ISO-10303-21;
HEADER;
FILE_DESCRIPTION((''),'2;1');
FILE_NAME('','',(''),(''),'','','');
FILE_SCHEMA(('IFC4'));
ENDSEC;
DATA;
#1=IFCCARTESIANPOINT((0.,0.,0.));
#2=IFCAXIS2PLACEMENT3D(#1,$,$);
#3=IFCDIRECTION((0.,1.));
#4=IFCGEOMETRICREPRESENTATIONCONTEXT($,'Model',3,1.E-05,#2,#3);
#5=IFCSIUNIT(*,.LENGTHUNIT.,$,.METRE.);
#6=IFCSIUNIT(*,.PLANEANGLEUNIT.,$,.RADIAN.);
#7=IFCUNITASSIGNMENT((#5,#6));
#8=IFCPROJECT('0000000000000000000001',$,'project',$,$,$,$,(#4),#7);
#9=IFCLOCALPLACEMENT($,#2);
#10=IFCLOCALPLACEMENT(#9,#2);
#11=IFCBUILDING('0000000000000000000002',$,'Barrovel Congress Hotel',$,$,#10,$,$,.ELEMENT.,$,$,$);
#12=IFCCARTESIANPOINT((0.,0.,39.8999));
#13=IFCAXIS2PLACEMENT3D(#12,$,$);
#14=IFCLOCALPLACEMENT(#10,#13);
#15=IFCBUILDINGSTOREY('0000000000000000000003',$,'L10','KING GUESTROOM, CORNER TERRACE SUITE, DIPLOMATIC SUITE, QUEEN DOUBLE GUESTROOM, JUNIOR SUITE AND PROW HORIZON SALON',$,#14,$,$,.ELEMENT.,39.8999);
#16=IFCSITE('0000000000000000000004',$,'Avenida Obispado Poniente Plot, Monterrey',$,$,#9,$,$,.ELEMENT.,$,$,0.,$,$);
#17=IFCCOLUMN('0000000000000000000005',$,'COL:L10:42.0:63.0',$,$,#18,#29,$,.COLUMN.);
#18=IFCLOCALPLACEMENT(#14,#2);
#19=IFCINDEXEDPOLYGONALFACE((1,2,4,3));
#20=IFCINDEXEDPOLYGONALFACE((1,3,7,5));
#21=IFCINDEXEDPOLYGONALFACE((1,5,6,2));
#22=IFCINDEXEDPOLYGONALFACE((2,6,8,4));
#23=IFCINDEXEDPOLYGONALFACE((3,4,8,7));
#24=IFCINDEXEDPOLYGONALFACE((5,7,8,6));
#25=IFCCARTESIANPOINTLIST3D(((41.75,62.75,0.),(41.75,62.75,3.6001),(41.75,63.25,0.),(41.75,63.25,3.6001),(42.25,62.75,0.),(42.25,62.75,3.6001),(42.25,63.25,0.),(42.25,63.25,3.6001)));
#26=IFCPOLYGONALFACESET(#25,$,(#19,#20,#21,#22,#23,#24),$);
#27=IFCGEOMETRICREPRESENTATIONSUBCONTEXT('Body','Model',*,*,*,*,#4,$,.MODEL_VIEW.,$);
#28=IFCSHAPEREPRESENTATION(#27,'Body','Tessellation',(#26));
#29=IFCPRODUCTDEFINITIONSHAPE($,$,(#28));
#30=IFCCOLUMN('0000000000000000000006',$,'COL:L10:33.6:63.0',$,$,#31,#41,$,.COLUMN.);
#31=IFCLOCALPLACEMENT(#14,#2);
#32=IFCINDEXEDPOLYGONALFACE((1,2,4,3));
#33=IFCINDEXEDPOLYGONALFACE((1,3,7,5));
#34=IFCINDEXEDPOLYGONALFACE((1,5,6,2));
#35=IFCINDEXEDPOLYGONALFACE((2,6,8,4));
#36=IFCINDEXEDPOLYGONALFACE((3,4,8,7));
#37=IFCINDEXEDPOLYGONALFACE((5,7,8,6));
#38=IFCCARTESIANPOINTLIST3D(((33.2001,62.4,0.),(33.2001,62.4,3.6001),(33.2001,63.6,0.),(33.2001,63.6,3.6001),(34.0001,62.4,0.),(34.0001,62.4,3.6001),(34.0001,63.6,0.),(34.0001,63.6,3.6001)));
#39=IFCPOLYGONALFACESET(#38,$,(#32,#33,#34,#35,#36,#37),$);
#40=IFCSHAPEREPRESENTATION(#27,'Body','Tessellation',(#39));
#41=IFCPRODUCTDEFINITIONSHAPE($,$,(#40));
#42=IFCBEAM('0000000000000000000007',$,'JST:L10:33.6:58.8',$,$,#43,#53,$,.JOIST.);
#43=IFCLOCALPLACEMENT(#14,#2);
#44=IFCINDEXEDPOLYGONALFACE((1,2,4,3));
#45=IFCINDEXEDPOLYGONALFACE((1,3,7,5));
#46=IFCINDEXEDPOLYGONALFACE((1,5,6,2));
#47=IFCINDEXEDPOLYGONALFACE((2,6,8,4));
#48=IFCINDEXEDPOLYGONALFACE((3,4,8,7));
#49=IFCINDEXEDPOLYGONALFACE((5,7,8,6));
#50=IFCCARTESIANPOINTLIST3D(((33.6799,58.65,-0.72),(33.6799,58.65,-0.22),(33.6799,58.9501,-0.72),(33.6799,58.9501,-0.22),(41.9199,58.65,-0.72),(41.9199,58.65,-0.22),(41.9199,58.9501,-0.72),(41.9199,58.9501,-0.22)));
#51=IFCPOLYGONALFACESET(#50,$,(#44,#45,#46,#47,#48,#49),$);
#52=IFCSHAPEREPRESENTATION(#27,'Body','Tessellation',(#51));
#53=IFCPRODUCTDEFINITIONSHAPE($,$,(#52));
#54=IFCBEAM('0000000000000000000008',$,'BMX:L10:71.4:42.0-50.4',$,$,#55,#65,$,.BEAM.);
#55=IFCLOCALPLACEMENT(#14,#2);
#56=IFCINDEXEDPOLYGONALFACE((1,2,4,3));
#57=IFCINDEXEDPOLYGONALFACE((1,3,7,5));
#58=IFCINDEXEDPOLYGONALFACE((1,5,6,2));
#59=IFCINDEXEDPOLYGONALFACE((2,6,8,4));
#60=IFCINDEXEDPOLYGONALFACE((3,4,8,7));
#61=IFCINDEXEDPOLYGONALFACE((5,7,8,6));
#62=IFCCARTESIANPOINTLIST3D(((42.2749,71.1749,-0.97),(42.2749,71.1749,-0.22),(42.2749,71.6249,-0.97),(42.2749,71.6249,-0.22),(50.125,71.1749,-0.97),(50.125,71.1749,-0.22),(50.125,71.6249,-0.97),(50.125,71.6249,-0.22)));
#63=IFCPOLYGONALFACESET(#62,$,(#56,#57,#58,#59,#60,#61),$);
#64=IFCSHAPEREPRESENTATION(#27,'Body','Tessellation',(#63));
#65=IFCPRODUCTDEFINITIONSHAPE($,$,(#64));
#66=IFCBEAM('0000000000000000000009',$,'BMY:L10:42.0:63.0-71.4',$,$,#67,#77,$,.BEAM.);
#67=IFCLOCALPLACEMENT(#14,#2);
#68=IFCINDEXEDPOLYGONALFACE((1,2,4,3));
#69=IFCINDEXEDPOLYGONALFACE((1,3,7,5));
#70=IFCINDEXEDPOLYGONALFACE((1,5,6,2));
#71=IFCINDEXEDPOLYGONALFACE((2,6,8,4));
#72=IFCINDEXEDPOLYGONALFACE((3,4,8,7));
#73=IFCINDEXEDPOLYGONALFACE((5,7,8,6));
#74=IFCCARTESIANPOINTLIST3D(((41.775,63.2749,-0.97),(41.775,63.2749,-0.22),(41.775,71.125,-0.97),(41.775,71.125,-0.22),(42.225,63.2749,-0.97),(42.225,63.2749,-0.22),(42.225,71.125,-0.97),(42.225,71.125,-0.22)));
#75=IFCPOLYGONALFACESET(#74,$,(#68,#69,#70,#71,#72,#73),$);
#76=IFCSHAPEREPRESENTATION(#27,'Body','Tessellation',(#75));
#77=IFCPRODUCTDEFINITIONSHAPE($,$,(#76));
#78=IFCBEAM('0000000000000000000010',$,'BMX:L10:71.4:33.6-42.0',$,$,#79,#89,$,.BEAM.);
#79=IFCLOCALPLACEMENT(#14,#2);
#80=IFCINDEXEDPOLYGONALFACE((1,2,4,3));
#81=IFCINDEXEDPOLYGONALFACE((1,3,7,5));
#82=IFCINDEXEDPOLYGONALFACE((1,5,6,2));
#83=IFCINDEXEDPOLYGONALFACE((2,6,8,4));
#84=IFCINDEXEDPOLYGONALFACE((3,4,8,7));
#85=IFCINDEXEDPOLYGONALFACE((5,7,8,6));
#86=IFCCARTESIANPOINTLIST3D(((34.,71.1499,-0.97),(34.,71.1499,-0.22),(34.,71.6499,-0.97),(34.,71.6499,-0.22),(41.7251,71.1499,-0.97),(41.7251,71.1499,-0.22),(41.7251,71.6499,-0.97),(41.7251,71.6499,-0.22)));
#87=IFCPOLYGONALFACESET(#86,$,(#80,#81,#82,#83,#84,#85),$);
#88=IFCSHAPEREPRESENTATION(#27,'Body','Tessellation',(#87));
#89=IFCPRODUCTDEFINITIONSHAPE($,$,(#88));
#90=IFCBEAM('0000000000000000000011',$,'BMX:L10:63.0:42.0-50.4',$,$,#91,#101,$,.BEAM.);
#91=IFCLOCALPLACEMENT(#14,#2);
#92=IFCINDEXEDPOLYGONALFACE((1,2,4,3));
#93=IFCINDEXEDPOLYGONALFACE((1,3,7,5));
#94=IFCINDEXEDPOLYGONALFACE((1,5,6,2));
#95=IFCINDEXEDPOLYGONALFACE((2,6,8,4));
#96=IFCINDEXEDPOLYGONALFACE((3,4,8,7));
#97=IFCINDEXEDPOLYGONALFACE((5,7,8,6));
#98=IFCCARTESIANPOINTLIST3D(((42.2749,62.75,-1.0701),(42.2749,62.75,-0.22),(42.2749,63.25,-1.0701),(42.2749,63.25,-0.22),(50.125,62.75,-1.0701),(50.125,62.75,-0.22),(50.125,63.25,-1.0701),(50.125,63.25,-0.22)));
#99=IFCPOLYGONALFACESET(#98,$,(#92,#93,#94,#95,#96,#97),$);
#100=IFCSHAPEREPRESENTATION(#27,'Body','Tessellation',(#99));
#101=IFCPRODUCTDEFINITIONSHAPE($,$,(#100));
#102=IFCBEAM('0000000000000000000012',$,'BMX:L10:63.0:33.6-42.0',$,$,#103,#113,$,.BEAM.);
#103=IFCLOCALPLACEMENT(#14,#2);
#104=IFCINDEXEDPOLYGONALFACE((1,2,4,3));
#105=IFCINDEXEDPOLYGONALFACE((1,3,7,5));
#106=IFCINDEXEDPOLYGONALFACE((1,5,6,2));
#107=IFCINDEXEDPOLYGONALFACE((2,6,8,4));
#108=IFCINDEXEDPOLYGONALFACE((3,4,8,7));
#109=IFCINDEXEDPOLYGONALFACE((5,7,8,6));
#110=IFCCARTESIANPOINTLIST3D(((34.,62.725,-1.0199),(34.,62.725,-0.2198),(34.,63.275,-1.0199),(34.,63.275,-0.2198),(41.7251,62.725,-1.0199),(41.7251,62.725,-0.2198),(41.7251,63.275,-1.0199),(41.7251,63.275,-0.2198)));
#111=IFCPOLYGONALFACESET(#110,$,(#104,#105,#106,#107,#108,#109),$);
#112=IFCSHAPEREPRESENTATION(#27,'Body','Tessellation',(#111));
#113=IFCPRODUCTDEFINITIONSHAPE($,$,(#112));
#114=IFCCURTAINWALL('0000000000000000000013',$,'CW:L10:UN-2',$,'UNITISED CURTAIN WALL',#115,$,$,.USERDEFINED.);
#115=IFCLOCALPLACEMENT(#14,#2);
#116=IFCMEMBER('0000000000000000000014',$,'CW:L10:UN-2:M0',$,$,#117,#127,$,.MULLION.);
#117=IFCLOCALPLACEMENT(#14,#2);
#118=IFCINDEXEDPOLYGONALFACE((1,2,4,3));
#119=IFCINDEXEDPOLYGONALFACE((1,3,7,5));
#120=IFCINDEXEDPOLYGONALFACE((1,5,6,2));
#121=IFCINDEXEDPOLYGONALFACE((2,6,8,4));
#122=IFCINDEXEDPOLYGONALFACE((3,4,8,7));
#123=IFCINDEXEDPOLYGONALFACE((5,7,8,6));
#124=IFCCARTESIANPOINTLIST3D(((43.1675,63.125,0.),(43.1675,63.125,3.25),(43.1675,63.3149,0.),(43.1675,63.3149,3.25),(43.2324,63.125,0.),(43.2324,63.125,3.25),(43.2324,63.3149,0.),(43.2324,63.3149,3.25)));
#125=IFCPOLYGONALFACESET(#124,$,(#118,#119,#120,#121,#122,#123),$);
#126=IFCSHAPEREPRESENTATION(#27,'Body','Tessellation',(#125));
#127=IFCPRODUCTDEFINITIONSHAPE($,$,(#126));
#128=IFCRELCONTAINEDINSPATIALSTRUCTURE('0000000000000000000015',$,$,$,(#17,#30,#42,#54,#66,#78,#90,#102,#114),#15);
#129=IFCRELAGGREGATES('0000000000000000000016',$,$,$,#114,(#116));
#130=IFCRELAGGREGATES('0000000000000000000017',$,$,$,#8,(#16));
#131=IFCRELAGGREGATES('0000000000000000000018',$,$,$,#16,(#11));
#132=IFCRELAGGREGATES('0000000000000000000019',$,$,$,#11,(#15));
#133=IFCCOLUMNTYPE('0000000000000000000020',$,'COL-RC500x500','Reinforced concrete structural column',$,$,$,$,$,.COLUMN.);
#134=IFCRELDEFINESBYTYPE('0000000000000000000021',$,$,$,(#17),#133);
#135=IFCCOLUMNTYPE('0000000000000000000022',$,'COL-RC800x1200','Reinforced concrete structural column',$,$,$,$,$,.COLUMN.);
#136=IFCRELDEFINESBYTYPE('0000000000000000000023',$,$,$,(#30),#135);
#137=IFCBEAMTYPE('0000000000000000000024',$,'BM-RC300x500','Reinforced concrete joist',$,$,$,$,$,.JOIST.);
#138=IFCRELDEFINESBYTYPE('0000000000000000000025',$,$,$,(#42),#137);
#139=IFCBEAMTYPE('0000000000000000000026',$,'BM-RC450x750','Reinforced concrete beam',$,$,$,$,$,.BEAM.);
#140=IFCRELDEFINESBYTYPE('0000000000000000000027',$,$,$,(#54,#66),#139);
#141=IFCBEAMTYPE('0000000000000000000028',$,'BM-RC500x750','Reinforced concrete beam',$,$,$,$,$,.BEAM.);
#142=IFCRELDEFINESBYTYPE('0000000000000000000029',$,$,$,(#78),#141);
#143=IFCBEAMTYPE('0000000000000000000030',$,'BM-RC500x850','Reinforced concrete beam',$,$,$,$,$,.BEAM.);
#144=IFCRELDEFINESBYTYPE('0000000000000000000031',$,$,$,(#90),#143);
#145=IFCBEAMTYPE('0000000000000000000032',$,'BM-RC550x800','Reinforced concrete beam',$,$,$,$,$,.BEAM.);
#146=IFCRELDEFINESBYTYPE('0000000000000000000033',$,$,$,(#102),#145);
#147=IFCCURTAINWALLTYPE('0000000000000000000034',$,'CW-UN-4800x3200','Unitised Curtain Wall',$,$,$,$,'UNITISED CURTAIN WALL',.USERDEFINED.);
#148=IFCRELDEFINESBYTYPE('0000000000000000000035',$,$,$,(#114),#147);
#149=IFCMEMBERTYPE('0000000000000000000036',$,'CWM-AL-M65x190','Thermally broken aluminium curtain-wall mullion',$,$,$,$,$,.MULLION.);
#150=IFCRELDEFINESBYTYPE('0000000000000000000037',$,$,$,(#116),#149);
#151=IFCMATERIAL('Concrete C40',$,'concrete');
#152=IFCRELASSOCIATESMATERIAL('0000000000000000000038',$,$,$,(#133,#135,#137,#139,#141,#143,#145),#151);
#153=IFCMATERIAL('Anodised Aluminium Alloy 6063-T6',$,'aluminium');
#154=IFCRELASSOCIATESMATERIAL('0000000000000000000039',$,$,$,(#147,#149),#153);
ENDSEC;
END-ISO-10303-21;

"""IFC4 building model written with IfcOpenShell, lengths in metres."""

from ifc_helpers import new_model, si_unit, direction, frame, origin, origin_2d, place, context, subcontext, project, spatial, rectangle, extrude, material, material_profile, profile_set, type_object, element, aggregate, save


model = new_model("IFC4")

# Units and contexts
model_context = context("Model", 3, precision=1e-05, world=origin(), true_north=direction((0.0, 1.0)))
body_context = subcontext(model_context, "Body", "Model", "MODEL_VIEW")
ifc_project = project(units=[si_unit("LENGTHUNIT", "METRE"), si_unit("PLANEANGLEUNIT", "RADIAN")], contexts=[model_context])

# Site, building, storey
site_placement = place(None, origin())
site = spatial("IfcSite", under=ifc_project, at=site_placement, Name="Avenida Obispado Poniente Plot, Monterrey", CompositionType="ELEMENT", RefElevation=0.0)
building_placement = place(site_placement, origin())
building = spatial("IfcBuilding", under=site, at=building_placement, Name="Barrovel Congress Hotel", CompositionType="ELEMENT")
storey_placement = place(building_placement, frame((0.0, 0.0, 39.8999)))
storey = spatial("IfcBuildingStorey", under=building, at=storey_placement, Name="L10", Description="KING GUESTROOM, CORNER TERRACE SUITE, DIPLOMATIC SUITE, QUEEN DOUBLE GUESTROOM, JUNIOR SUITE AND PROW HORIZON SALON", CompositionType="ELEMENT", Elevation=39.8999)

# Columns
ifc_material_1 = material(Name="Concrete C40", Category="concrete")
ifc_material_profile_1 = material_profile(ifc_material_1, rectangle(XDim=0.5, YDim=0.5, at=origin_2d()), Name="RC500x500")
ifc_profile_set_1 = profile_set([ifc_material_profile_1], Name="Concrete C40")
column_type_1 = type_object("IfcColumnType", Name="COL-RC500x500", Description="Reinforced concrete structural column", PredefinedType="COLUMN", material=ifc_profile_set_1)
column_1_placement = place(storey_placement, frame((42.0, 63.0, 0.0), z_axis=(0.0, 0.0, 1.0), x_axis=(1.0, 0.0, 0.0)))
element("IfcColumn", 1, at=column_1_placement, inside=storey, type_object=column_type_1, Name="COL:L10:42.0:63.0", PredefinedType="COLUMN", context=body_context, shape_type="SweptSolid", body=[
    extrude(rectangle(XDim=0.5, YDim=0.5, at=origin_2d()), origin(), (0.0, 0.0, 1.0), 3.6001),
])
ifc_material_profile_2 = material_profile(ifc_material_1, rectangle(XDim=0.8, YDim=1.2, at=origin_2d()), Name="RC800x1200")
ifc_profile_set_2 = profile_set([ifc_material_profile_2], Name="Concrete C40")
column_type_2 = type_object("IfcColumnType", Name="COL-RC800x1200", Description="Reinforced concrete structural column", PredefinedType="COLUMN", material=ifc_profile_set_2)
column_2_placement = place(storey_placement, frame((33.6001, 63.0, 0.0), z_axis=(0.0, 0.0, 1.0), x_axis=(1.0, 0.0, 0.0)))
element("IfcColumn", 2, at=column_2_placement, inside=storey, type_object=column_type_2, Name="COL:L10:33.6:63.0", PredefinedType="COLUMN", context=body_context, shape_type="SweptSolid", body=[
    extrude(rectangle(XDim=0.8, YDim=1.2, at=origin_2d()), origin(), (0.0, 0.0, 1.0), 3.6001),
])

# Beams
ifc_material_profile_3 = material_profile(ifc_material_1, rectangle(XDim=0.3, YDim=0.5, at=origin_2d()), Name="RC300x500")
ifc_profile_set_3 = profile_set([ifc_material_profile_3], Name="Concrete C40")
beam_type_1 = type_object("IfcBeamType", Name="BM-RC300x500", Description="Reinforced concrete joist", PredefinedType="JOIST", material=ifc_profile_set_3)
beam_1_placement = place(storey_placement, frame((33.6799, 58.8, -0.47), z_axis=(1.0, 0.0, 0.0), x_axis=(0.0, 1.0, 0.0)))
element("IfcBeam", 3, at=beam_1_placement, inside=storey, type_object=beam_type_1, Name="JST:L10:33.6:58.8", PredefinedType="JOIST", context=body_context, shape_type="SweptSolid", body=[
    extrude(rectangle(XDim=0.3, YDim=0.5, at=origin_2d()), origin(), (0.0, 0.0, 1.0), 8.24),
])
ifc_material_profile_4 = material_profile(ifc_material_1, rectangle(XDim=0.45, YDim=0.75, at=origin_2d()), Name="RC450x750")
ifc_profile_set_4 = profile_set([ifc_material_profile_4], Name="Concrete C40")
beam_type_2 = type_object("IfcBeamType", Name="BM-RC450x750", Description="Reinforced concrete beam", PredefinedType="BEAM", material=ifc_profile_set_4)
for number, where, z_axis, x_axis, name in (
    (4, (42.2749, 71.3999, -0.595), (1.0, 0.0, 0.0), (0.0, 1.0, 0.0), "BMX:L10:71.4:42.0-50.4"),
    (5, (42.0, 63.2749, -0.595), (0.0, 1.0, 0.0), (-1.0, 0.0, 0.0), "BMY:L10:42.0:63.0-71.4"),
):
    element("IfcBeam", number, at=place(storey_placement, frame(where, z_axis=z_axis, x_axis=x_axis)), inside=storey, type_object=beam_type_2, Name=name, PredefinedType="BEAM", context=body_context, shape_type="SweptSolid", body=[
        extrude(rectangle(XDim=0.45, YDim=0.75, at=origin_2d()), origin(), (0.0, 0.0, 1.0), 7.8501),
    ])
ifc_material_profile_5 = material_profile(ifc_material_1, rectangle(XDim=0.5, YDim=0.75, at=origin_2d()), Name="RC500x750")
ifc_profile_set_5 = profile_set([ifc_material_profile_5], Name="Concrete C40")
beam_type_3 = type_object("IfcBeamType", Name="BM-RC500x750", Description="Reinforced concrete beam", PredefinedType="BEAM", material=ifc_profile_set_5)
beam_2_placement = place(storey_placement, frame((34.0, 71.3999, -0.595), z_axis=(1.0, 0.0, 0.0), x_axis=(0.0, 1.0, 0.0)))
element("IfcBeam", 6, at=beam_2_placement, inside=storey, type_object=beam_type_3, Name="BMX:L10:71.4:33.6-42.0", PredefinedType="BEAM", context=body_context, shape_type="SweptSolid", body=[
    extrude(rectangle(XDim=0.5, YDim=0.75, at=origin_2d()), origin(), (0.0, 0.0, 1.0), 7.7251),
])
ifc_material_profile_6 = material_profile(ifc_material_1, rectangle(XDim=0.5, YDim=0.8501, at=origin_2d()), Name="RC500x850")
ifc_profile_set_6 = profile_set([ifc_material_profile_6], Name="Concrete C40")
beam_type_4 = type_object("IfcBeamType", Name="BM-RC500x850", Description="Reinforced concrete beam", PredefinedType="BEAM", material=ifc_profile_set_6)
beam_3_placement = place(storey_placement, frame((42.2749, 63.0, -0.645), z_axis=(1.0, 0.0, 0.0), x_axis=(0.0, 1.0, 0.0)))
element("IfcBeam", 7, at=beam_3_placement, inside=storey, type_object=beam_type_4, Name="BMX:L10:63.0:42.0-50.4", PredefinedType="BEAM", context=body_context, shape_type="SweptSolid", body=[
    extrude(rectangle(XDim=0.5, YDim=0.8501, at=origin_2d()), origin(), (0.0, 0.0, 1.0), 7.8501),
])
ifc_material_profile_7 = material_profile(ifc_material_1, rectangle(XDim=0.55, YDim=0.8, at=origin_2d()), Name="RC550x800")
ifc_profile_set_7 = profile_set([ifc_material_profile_7], Name="Concrete C40")
beam_type_5 = type_object("IfcBeamType", Name="BM-RC550x800", Description="Reinforced concrete beam", PredefinedType="BEAM", material=ifc_profile_set_7)
beam_4_placement = place(storey_placement, frame((34.0, 63.0, -0.6199), z_axis=(1.0, 0.0, 0.0), x_axis=(0.0, 1.0, 0.0)))
element("IfcBeam", 8, at=beam_4_placement, inside=storey, type_object=beam_type_5, Name="BMX:L10:63.0:33.6-42.0", PredefinedType="BEAM", context=body_context, shape_type="SweptSolid", body=[
    extrude(rectangle(XDim=0.55, YDim=0.8, at=origin_2d()), origin(), (0.0, 0.0, 1.0), 7.7251),
])

# Curtain wall, member
ifc_material_2 = material(Name="Anodised Aluminium Alloy 6063-T6", Category="aluminium")
curtain_wall_type = type_object("IfcCurtainWallType", Name="CW-UN-4800x3200", Description="Unitised Curtain Wall", ElementType="UNITISED CURTAIN WALL", PredefinedType="USERDEFINED", material=ifc_material_2)
curtain_wall_placement = place(storey_placement, origin())
curtain_wall = element("IfcCurtainWall", 9, at=curtain_wall_placement, inside=storey, type_object=curtain_wall_type, Name="CW:L10:UN-2", ObjectType="UNITISED CURTAIN WALL", PredefinedType="USERDEFINED")
ifc_material_profile_8 = material_profile(ifc_material_2, rectangle(XDim=0.0649, YDim=0.1899, at=origin_2d()), Name="AL-M65x190")
ifc_profile_set_8 = profile_set([ifc_material_profile_8], Name="Anodised Aluminium Alloy 6063-T6")
member_type = type_object("IfcMemberType", Name="CWM-AL-M65x190", Description="Thermally broken aluminium curtain-wall mullion", PredefinedType="MULLION", material=ifc_profile_set_8)
member_placement = place(storey_placement, frame((43.2, 63.22, 0.0), z_axis=(0.0, 0.0, 1.0), x_axis=(1.0, 0.0, 0.0)))
member = element("IfcMember", 10, at=member_placement, type_object=member_type, Name="CW:L10:UN-2:M0", PredefinedType="MULLION", context=body_context, shape_type="SweptSolid", body=[
    extrude(rectangle(XDim=0.0649, YDim=0.1899, at=origin_2d()), origin(), (0.0, 0.0, 1.0), 3.25),
])
aggregate(curtain_wall, [member])

save(model, "model.ifc")
